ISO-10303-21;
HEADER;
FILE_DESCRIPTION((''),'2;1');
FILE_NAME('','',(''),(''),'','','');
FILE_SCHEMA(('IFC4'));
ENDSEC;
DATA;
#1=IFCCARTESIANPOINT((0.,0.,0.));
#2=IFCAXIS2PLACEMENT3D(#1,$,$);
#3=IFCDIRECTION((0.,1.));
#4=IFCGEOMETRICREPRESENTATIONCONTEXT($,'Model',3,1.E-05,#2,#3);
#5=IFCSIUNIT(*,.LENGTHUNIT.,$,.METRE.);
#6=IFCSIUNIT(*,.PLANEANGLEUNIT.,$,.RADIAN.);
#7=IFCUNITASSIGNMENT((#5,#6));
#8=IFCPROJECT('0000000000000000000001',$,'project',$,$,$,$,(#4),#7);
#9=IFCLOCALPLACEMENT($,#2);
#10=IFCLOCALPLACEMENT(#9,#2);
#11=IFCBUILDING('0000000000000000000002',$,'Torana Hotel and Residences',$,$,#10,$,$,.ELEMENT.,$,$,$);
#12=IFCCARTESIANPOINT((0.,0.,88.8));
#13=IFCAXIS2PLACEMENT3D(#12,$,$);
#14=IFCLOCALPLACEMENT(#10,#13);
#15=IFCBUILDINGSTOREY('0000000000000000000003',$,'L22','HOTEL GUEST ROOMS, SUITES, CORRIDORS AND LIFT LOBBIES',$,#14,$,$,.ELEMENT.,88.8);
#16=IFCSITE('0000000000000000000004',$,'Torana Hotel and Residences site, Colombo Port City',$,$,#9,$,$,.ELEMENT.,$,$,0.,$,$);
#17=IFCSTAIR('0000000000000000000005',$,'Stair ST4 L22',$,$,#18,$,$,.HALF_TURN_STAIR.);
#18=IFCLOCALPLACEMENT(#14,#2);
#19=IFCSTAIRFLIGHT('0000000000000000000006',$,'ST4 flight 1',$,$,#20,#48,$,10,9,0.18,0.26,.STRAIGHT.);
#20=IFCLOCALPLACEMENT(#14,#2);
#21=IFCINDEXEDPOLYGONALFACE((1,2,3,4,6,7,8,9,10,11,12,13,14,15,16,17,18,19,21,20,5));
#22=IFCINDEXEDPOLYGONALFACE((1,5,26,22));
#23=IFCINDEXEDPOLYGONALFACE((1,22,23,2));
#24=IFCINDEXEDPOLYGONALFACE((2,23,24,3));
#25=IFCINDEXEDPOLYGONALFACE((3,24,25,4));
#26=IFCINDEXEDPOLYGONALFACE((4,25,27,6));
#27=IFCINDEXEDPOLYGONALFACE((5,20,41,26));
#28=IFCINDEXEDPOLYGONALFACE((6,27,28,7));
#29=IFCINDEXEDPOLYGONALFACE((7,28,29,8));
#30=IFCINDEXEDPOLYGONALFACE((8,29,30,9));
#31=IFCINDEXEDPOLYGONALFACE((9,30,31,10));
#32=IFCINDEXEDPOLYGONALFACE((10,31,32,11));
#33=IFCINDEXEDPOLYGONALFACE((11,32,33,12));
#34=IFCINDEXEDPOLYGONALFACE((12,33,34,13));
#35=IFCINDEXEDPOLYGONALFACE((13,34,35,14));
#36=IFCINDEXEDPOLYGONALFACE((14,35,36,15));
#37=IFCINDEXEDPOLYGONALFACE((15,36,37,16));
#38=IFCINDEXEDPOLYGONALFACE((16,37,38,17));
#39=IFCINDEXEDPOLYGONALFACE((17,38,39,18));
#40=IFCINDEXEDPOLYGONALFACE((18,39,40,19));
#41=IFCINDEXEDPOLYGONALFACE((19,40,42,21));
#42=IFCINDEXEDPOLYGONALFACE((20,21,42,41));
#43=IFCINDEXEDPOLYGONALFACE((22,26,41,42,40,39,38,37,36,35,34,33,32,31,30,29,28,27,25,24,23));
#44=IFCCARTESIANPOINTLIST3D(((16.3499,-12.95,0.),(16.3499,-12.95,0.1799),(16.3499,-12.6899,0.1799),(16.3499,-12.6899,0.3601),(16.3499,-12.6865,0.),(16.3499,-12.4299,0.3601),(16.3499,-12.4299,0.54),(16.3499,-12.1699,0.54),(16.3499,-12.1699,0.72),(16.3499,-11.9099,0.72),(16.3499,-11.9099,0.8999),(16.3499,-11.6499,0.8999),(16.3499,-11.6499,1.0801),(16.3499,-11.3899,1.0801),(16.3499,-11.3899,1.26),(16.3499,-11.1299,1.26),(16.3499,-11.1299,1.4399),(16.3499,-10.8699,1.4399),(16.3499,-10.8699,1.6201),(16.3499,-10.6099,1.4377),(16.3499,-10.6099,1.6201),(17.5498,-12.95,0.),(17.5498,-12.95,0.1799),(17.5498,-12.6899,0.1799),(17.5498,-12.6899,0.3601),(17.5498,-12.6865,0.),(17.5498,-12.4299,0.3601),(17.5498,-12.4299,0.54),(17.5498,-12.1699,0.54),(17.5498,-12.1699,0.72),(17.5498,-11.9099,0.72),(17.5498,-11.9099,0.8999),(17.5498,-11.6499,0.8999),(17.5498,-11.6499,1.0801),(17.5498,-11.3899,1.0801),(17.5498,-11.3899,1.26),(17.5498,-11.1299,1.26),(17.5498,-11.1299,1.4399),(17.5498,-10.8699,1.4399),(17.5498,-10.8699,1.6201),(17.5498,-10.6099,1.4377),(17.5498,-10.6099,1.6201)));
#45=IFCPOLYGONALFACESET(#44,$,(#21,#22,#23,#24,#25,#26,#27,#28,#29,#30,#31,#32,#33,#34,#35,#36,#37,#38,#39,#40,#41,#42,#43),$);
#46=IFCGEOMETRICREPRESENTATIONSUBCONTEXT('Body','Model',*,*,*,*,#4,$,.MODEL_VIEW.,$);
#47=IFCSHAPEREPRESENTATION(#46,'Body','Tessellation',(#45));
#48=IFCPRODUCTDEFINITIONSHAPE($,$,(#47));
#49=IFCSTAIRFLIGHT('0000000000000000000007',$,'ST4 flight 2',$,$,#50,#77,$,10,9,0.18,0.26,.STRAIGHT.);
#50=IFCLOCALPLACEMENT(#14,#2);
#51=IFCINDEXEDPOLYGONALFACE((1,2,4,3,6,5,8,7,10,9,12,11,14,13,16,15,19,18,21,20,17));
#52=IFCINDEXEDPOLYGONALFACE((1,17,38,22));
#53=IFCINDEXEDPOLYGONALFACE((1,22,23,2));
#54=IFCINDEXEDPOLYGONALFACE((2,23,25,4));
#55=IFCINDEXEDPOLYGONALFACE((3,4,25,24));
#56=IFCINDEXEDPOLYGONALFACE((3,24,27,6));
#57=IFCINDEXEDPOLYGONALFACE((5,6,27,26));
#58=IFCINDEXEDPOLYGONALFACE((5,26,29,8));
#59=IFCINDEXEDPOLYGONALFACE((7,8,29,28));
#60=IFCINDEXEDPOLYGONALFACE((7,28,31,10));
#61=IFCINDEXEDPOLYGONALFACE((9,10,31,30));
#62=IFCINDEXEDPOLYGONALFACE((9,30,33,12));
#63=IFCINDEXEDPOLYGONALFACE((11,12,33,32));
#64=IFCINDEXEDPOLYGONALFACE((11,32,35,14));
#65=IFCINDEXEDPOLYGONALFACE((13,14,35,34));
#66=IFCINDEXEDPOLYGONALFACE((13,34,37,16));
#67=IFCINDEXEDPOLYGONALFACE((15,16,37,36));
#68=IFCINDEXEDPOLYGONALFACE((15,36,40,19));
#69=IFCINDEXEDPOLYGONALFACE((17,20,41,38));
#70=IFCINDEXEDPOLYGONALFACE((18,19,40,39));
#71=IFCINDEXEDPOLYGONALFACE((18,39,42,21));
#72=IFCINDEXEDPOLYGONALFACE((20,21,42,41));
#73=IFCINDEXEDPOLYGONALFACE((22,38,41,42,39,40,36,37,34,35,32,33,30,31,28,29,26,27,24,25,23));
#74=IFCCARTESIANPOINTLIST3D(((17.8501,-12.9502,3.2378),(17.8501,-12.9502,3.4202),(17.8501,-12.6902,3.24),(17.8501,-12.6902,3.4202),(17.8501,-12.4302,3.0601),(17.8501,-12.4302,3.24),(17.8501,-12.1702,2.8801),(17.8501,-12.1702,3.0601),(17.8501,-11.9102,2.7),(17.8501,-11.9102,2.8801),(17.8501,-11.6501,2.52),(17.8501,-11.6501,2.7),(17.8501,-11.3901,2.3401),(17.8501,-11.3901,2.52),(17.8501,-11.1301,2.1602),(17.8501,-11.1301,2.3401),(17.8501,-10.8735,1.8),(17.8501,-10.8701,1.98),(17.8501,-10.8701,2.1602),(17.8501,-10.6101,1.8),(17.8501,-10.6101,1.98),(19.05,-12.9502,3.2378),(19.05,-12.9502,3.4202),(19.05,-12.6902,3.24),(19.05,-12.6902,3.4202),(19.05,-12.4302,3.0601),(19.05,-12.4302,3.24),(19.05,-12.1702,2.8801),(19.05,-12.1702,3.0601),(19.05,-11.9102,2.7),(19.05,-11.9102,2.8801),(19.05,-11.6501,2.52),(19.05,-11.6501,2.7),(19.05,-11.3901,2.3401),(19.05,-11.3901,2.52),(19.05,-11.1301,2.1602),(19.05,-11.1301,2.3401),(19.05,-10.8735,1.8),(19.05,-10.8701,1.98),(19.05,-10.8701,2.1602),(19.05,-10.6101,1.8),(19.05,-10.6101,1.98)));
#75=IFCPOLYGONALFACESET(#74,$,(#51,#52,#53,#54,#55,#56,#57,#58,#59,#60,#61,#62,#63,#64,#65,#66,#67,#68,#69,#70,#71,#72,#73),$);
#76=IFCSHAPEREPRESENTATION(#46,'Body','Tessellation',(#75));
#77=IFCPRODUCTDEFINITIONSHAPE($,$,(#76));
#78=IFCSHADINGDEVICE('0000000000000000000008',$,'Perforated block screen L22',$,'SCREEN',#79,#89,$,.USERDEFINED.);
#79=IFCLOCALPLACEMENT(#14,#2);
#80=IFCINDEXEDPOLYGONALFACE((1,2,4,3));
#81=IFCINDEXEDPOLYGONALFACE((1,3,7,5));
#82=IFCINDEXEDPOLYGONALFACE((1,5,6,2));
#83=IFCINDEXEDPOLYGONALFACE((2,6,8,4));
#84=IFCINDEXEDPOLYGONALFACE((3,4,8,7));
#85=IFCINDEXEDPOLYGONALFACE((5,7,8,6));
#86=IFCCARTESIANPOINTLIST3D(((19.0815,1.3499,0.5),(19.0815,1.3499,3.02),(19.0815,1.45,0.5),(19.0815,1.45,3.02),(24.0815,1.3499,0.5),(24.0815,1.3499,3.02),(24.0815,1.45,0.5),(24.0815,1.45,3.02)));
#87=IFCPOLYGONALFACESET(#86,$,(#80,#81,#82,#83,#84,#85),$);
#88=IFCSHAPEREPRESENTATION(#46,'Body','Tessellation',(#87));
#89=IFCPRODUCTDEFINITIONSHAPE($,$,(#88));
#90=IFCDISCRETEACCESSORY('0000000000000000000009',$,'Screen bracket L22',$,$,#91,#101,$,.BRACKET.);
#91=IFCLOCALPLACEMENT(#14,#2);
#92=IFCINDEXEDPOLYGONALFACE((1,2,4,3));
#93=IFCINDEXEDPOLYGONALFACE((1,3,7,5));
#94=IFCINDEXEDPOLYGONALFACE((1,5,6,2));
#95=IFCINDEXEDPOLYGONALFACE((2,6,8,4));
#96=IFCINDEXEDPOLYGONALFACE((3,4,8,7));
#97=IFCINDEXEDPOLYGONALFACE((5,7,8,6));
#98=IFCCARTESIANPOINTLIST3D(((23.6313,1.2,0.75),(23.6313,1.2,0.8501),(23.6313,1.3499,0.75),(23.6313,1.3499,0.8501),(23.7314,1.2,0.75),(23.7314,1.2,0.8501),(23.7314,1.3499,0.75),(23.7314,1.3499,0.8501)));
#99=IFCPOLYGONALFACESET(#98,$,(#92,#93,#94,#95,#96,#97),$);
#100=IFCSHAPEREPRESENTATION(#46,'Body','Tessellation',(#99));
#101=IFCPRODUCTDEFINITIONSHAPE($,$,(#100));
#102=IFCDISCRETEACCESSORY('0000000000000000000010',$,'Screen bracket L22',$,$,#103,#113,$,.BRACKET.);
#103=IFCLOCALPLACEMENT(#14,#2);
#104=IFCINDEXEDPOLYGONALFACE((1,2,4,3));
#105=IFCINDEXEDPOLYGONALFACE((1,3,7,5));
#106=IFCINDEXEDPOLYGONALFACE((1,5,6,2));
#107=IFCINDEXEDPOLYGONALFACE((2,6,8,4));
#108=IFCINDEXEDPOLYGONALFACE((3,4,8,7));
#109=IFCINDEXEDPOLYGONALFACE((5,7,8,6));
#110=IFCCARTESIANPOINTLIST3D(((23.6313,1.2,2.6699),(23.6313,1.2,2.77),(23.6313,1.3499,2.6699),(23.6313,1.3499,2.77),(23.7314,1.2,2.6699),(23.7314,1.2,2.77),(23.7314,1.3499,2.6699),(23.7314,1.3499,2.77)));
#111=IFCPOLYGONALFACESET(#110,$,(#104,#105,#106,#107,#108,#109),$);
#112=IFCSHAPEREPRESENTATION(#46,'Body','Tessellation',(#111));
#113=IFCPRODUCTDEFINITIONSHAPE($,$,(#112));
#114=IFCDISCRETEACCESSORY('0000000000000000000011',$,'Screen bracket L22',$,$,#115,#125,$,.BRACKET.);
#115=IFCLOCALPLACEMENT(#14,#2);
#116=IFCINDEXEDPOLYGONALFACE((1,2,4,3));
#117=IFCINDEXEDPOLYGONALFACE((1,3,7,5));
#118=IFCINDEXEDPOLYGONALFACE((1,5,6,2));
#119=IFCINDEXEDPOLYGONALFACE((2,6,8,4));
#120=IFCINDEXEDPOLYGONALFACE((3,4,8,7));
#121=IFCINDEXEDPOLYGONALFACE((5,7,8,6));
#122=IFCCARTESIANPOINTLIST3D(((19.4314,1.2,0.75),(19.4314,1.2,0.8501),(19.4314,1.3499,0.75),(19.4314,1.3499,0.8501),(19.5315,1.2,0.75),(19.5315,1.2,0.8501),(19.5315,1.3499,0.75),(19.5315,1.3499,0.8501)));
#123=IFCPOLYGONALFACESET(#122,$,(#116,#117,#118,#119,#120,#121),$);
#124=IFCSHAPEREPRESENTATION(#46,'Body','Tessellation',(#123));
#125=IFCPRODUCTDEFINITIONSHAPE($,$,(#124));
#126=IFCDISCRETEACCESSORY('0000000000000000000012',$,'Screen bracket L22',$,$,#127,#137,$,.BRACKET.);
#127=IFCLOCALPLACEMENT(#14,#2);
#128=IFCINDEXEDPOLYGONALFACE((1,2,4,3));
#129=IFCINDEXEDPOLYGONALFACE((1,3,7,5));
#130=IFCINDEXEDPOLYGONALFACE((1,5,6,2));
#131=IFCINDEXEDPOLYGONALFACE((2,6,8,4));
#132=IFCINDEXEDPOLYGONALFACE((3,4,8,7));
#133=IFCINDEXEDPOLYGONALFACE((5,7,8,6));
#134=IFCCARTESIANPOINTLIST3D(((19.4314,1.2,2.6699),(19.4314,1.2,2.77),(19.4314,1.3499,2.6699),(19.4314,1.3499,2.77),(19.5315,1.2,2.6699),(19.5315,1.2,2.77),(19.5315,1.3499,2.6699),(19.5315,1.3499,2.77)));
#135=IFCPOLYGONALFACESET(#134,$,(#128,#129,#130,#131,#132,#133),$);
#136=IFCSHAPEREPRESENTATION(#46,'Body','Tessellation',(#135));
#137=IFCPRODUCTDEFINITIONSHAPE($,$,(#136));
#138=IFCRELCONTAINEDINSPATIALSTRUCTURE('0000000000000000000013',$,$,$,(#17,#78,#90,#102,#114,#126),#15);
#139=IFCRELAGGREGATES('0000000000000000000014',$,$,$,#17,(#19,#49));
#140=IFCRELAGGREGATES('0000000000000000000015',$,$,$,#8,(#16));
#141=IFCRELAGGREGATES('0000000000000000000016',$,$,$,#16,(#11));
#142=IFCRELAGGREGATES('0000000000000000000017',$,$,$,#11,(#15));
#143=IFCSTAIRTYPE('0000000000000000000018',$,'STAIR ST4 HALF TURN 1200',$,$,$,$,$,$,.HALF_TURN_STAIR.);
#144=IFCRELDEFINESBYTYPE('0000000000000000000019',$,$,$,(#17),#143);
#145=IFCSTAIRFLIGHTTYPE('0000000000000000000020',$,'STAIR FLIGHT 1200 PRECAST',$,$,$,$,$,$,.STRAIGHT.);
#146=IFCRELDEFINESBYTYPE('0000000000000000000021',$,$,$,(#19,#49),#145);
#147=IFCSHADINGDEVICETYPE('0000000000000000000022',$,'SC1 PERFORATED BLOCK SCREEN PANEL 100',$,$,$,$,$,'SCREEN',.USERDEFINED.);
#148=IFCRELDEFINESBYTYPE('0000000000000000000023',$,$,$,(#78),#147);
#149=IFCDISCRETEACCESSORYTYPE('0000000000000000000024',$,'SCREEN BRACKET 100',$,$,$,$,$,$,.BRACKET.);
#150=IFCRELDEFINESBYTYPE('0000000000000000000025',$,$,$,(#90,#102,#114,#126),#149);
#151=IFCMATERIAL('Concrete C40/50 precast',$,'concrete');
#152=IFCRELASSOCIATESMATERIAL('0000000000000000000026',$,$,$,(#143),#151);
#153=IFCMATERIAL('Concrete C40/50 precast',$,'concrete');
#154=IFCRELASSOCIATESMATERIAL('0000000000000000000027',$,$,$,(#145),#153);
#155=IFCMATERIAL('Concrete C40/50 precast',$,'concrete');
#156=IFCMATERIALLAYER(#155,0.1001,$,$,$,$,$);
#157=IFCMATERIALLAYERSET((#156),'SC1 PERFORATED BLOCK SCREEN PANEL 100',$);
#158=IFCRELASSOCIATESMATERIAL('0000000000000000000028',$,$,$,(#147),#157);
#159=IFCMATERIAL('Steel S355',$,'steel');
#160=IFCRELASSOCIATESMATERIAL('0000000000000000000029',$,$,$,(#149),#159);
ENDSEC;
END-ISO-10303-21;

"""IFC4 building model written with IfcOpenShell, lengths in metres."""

from ifc_helpers import new_model, si_unit, direction, frame, origin, origin_2d, place, context, subcontext, project, spatial, polyline, rectangle, outline, extrude, material, layer, layer_set, type_object, element, aggregate, save


model = new_model("IFC4")

# Units and contexts
model_context = context("Model", 3, precision=1e-05, world=origin(), true_north=direction((0.0, 1.0)))
body_context = subcontext(model_context, "Body", "Model", "MODEL_VIEW")
ifc_project = project(units=[si_unit("LENGTHUNIT", "METRE"), si_unit("PLANEANGLEUNIT", "RADIAN")], contexts=[model_context])

# Site, building, storey
site_placement = place(None, origin())
site = spatial("IfcSite", under=ifc_project, at=site_placement, Name="Torana Hotel and Residences site, Colombo Port City", CompositionType="ELEMENT", RefElevation=0.0)
building_placement = place(site_placement, origin())
building = spatial("IfcBuilding", under=site, at=building_placement, Name="Torana Hotel and Residences", CompositionType="ELEMENT")
storey_placement = place(building_placement, frame((0.0, 0.0, 88.8)))
storey = spatial("IfcBuildingStorey", under=building, at=storey_placement, Name="L22", Description="HOTEL GUEST ROOMS, SUITES, CORRIDORS AND LIFT LOBBIES", CompositionType="ELEMENT", Elevation=88.8)

# Stair, stair flights
ifc_material_1 = material(Name="Concrete C40/50 precast", Category="concrete")
stair_type = type_object("IfcStairType", Name="STAIR ST4 HALF TURN 1200", PredefinedType="HALF_TURN_STAIR", material=ifc_material_1)
stair_placement = place(storey_placement, origin())
stair = element("IfcStair", 1, at=stair_placement, inside=storey, type_object=stair_type, Name="Stair ST4 L22", PredefinedType="HALF_TURN_STAIR")
ifc_material_2 = material(Name="Concrete C40/50 precast", Category="concrete")
stair_flight_type = type_object("IfcStairFlightType", Name="STAIR FLIGHT 1200 PRECAST", PredefinedType="STRAIGHT", material=ifc_material_2)
stair_flight_1_placement = place(storey_placement, frame((16.95, -12.95, 0.0), z_axis=(0.0, 0.0, 1.0), x_axis=(0.0, 1.0, 0.0)))
stair_flight_1 = element("IfcStairFlight", 2, at=stair_flight_1_placement, type_object=stair_flight_type, Name="ST4 flight 1", NumberOfRisers=10, NumberOfTreads=9, PredefinedType="STRAIGHT", RiserHeight=0.18, TreadLength=0.26, context=body_context, shape_type="SweptSolid", body=[
    extrude(outline(polyline([(0.0, 0.0), (0.0, 0.1799), (0.26, 0.1799), (0.26, 0.3601), (0.52, 0.3601), (0.52, 0.54), (0.78, 0.54), (0.78, 0.72), (1.04, 0.72), (1.04, 0.8999), (1.3, 0.8999), (1.3, 1.0801), (1.5601, 1.0801), (1.5601, 1.26), (1.8201, 1.26), (1.8201, 1.4399), (2.0801, 1.4399), (2.0801, 1.6201), (2.3401, 1.6201), (2.3401, 1.8), (2.3401, 1.4377), (0.2634, 0.0), (0.0, 0.0)])), frame((0.0, 0.6001, 0.0), z_axis=(0.0, -1.0, 0.0), x_axis=(1.0, 0.0, 0.0)), (0.0, 0.0, 1.0), 1.2),
])
stair_flight_2_placement = place(storey_placement, frame((18.45, -10.6101, 1.8), z_axis=(0.0, 0.0, 1.0), x_axis=(0.0, -1.0, 0.0)))
stair_flight_2 = element("IfcStairFlight", 3, at=stair_flight_2_placement, type_object=stair_flight_type, Name="ST4 flight 2", NumberOfRisers=10, NumberOfTreads=9, PredefinedType="STRAIGHT", RiserHeight=0.18, TreadLength=0.26, context=body_context, shape_type="SweptSolid", body=[
    extrude(outline(polyline([(0.0, 0.0), (0.0, 0.1799), (0.26, 0.1799), (0.26, 0.3601), (0.52, 0.3601), (0.52, 0.54), (0.78, 0.54), (0.78, 0.72), (1.04, 0.72), (1.04, 0.8999), (1.3, 0.8999), (1.3, 1.0801), (1.5601, 1.0801), (1.5601, 1.26), (1.8201, 1.26), (1.8201, 1.4399), (2.0801, 1.4399), (2.0801, 1.6201), (2.3401, 1.6201), (2.3401, 1.8), (2.3401, 1.4377), (0.2634, 0.0), (0.0, 0.0)])), frame((0.0, 0.6001, 0.0), z_axis=(0.0, -1.0, 0.0), x_axis=(1.0, 0.0, 0.0)), (0.0, 0.0, 1.0), 1.2),
])
aggregate(stair, [stair_flight_1, stair_flight_2])

# Shading device
ifc_material_3 = material(Name="Concrete C40/50 precast", Category="concrete")
ifc_layer_1 = layer(ifc_material_3, 0.1001)
ifc_layer_set_1 = layer_set([ifc_layer_1], Name="SC1 PERFORATED BLOCK SCREEN PANEL 100")
shading_device_type = type_object("IfcShadingDeviceType", Name="SC1 PERFORATED BLOCK SCREEN PANEL 100", ElementType="SCREEN", PredefinedType="USERDEFINED", material=ifc_layer_set_1)
shading_device_placement = place(storey_placement, frame((21.5815, 1.3999, 0.5), z_axis=(0.0, 0.0, 1.0), x_axis=(-1.0, 0.0, 0.0)))
element("IfcShadingDevice", 4, at=shading_device_placement, inside=storey, type_object=shading_device_type, Name="Perforated block screen L22", ObjectType="SCREEN", PredefinedType="USERDEFINED", context=body_context, shape_type="SweptSolid", body=[
    extrude(rectangle(XDim=5.0, YDim=0.1001, at=origin_2d()), origin(), (0.0, 0.0, 1.0), 2.52),
])

# Discrete accessories
ifc_material_4 = material(Name="Steel S355", Category="steel")
discrete_accessory_type = type_object("IfcDiscreteAccessoryType", Name="SCREEN BRACKET 100", PredefinedType="BRACKET", material=ifc_material_4)
for number, where, z_axis, x_axis, name in (
    (5, (23.6814, 1.2749, 0.75), (0.0, 0.0, 1.0), (-1.0, 0.0, 0.0), "Screen bracket L22"),
    (6, (23.6814, 1.2749, 2.6699), (0.0, 0.0, 1.0), (-1.0, 0.0, 0.0), "Screen bracket L22"),
    (7, (19.4814, 1.2749, 0.75), (0.0, 0.0, 1.0), (-1.0, 0.0, 0.0), "Screen bracket L22"),
    (8, (19.4814, 1.2749, 2.6699), (0.0, 0.0, 1.0), (-1.0, 0.0, 0.0), "Screen bracket L22"),
):
    element("IfcDiscreteAccessory", number, at=place(storey_placement, frame(where, z_axis=z_axis, x_axis=x_axis)), inside=storey, type_object=discrete_accessory_type, Name=name, PredefinedType="BRACKET", context=body_context, shape_type="SweptSolid", body=[
        extrude(rectangle(XDim=0.1001, YDim=0.1499, at=origin_2d()), origin(), (0.0, 0.0, 1.0), 0.1001),
    ])

save(model, "model.ifc")
